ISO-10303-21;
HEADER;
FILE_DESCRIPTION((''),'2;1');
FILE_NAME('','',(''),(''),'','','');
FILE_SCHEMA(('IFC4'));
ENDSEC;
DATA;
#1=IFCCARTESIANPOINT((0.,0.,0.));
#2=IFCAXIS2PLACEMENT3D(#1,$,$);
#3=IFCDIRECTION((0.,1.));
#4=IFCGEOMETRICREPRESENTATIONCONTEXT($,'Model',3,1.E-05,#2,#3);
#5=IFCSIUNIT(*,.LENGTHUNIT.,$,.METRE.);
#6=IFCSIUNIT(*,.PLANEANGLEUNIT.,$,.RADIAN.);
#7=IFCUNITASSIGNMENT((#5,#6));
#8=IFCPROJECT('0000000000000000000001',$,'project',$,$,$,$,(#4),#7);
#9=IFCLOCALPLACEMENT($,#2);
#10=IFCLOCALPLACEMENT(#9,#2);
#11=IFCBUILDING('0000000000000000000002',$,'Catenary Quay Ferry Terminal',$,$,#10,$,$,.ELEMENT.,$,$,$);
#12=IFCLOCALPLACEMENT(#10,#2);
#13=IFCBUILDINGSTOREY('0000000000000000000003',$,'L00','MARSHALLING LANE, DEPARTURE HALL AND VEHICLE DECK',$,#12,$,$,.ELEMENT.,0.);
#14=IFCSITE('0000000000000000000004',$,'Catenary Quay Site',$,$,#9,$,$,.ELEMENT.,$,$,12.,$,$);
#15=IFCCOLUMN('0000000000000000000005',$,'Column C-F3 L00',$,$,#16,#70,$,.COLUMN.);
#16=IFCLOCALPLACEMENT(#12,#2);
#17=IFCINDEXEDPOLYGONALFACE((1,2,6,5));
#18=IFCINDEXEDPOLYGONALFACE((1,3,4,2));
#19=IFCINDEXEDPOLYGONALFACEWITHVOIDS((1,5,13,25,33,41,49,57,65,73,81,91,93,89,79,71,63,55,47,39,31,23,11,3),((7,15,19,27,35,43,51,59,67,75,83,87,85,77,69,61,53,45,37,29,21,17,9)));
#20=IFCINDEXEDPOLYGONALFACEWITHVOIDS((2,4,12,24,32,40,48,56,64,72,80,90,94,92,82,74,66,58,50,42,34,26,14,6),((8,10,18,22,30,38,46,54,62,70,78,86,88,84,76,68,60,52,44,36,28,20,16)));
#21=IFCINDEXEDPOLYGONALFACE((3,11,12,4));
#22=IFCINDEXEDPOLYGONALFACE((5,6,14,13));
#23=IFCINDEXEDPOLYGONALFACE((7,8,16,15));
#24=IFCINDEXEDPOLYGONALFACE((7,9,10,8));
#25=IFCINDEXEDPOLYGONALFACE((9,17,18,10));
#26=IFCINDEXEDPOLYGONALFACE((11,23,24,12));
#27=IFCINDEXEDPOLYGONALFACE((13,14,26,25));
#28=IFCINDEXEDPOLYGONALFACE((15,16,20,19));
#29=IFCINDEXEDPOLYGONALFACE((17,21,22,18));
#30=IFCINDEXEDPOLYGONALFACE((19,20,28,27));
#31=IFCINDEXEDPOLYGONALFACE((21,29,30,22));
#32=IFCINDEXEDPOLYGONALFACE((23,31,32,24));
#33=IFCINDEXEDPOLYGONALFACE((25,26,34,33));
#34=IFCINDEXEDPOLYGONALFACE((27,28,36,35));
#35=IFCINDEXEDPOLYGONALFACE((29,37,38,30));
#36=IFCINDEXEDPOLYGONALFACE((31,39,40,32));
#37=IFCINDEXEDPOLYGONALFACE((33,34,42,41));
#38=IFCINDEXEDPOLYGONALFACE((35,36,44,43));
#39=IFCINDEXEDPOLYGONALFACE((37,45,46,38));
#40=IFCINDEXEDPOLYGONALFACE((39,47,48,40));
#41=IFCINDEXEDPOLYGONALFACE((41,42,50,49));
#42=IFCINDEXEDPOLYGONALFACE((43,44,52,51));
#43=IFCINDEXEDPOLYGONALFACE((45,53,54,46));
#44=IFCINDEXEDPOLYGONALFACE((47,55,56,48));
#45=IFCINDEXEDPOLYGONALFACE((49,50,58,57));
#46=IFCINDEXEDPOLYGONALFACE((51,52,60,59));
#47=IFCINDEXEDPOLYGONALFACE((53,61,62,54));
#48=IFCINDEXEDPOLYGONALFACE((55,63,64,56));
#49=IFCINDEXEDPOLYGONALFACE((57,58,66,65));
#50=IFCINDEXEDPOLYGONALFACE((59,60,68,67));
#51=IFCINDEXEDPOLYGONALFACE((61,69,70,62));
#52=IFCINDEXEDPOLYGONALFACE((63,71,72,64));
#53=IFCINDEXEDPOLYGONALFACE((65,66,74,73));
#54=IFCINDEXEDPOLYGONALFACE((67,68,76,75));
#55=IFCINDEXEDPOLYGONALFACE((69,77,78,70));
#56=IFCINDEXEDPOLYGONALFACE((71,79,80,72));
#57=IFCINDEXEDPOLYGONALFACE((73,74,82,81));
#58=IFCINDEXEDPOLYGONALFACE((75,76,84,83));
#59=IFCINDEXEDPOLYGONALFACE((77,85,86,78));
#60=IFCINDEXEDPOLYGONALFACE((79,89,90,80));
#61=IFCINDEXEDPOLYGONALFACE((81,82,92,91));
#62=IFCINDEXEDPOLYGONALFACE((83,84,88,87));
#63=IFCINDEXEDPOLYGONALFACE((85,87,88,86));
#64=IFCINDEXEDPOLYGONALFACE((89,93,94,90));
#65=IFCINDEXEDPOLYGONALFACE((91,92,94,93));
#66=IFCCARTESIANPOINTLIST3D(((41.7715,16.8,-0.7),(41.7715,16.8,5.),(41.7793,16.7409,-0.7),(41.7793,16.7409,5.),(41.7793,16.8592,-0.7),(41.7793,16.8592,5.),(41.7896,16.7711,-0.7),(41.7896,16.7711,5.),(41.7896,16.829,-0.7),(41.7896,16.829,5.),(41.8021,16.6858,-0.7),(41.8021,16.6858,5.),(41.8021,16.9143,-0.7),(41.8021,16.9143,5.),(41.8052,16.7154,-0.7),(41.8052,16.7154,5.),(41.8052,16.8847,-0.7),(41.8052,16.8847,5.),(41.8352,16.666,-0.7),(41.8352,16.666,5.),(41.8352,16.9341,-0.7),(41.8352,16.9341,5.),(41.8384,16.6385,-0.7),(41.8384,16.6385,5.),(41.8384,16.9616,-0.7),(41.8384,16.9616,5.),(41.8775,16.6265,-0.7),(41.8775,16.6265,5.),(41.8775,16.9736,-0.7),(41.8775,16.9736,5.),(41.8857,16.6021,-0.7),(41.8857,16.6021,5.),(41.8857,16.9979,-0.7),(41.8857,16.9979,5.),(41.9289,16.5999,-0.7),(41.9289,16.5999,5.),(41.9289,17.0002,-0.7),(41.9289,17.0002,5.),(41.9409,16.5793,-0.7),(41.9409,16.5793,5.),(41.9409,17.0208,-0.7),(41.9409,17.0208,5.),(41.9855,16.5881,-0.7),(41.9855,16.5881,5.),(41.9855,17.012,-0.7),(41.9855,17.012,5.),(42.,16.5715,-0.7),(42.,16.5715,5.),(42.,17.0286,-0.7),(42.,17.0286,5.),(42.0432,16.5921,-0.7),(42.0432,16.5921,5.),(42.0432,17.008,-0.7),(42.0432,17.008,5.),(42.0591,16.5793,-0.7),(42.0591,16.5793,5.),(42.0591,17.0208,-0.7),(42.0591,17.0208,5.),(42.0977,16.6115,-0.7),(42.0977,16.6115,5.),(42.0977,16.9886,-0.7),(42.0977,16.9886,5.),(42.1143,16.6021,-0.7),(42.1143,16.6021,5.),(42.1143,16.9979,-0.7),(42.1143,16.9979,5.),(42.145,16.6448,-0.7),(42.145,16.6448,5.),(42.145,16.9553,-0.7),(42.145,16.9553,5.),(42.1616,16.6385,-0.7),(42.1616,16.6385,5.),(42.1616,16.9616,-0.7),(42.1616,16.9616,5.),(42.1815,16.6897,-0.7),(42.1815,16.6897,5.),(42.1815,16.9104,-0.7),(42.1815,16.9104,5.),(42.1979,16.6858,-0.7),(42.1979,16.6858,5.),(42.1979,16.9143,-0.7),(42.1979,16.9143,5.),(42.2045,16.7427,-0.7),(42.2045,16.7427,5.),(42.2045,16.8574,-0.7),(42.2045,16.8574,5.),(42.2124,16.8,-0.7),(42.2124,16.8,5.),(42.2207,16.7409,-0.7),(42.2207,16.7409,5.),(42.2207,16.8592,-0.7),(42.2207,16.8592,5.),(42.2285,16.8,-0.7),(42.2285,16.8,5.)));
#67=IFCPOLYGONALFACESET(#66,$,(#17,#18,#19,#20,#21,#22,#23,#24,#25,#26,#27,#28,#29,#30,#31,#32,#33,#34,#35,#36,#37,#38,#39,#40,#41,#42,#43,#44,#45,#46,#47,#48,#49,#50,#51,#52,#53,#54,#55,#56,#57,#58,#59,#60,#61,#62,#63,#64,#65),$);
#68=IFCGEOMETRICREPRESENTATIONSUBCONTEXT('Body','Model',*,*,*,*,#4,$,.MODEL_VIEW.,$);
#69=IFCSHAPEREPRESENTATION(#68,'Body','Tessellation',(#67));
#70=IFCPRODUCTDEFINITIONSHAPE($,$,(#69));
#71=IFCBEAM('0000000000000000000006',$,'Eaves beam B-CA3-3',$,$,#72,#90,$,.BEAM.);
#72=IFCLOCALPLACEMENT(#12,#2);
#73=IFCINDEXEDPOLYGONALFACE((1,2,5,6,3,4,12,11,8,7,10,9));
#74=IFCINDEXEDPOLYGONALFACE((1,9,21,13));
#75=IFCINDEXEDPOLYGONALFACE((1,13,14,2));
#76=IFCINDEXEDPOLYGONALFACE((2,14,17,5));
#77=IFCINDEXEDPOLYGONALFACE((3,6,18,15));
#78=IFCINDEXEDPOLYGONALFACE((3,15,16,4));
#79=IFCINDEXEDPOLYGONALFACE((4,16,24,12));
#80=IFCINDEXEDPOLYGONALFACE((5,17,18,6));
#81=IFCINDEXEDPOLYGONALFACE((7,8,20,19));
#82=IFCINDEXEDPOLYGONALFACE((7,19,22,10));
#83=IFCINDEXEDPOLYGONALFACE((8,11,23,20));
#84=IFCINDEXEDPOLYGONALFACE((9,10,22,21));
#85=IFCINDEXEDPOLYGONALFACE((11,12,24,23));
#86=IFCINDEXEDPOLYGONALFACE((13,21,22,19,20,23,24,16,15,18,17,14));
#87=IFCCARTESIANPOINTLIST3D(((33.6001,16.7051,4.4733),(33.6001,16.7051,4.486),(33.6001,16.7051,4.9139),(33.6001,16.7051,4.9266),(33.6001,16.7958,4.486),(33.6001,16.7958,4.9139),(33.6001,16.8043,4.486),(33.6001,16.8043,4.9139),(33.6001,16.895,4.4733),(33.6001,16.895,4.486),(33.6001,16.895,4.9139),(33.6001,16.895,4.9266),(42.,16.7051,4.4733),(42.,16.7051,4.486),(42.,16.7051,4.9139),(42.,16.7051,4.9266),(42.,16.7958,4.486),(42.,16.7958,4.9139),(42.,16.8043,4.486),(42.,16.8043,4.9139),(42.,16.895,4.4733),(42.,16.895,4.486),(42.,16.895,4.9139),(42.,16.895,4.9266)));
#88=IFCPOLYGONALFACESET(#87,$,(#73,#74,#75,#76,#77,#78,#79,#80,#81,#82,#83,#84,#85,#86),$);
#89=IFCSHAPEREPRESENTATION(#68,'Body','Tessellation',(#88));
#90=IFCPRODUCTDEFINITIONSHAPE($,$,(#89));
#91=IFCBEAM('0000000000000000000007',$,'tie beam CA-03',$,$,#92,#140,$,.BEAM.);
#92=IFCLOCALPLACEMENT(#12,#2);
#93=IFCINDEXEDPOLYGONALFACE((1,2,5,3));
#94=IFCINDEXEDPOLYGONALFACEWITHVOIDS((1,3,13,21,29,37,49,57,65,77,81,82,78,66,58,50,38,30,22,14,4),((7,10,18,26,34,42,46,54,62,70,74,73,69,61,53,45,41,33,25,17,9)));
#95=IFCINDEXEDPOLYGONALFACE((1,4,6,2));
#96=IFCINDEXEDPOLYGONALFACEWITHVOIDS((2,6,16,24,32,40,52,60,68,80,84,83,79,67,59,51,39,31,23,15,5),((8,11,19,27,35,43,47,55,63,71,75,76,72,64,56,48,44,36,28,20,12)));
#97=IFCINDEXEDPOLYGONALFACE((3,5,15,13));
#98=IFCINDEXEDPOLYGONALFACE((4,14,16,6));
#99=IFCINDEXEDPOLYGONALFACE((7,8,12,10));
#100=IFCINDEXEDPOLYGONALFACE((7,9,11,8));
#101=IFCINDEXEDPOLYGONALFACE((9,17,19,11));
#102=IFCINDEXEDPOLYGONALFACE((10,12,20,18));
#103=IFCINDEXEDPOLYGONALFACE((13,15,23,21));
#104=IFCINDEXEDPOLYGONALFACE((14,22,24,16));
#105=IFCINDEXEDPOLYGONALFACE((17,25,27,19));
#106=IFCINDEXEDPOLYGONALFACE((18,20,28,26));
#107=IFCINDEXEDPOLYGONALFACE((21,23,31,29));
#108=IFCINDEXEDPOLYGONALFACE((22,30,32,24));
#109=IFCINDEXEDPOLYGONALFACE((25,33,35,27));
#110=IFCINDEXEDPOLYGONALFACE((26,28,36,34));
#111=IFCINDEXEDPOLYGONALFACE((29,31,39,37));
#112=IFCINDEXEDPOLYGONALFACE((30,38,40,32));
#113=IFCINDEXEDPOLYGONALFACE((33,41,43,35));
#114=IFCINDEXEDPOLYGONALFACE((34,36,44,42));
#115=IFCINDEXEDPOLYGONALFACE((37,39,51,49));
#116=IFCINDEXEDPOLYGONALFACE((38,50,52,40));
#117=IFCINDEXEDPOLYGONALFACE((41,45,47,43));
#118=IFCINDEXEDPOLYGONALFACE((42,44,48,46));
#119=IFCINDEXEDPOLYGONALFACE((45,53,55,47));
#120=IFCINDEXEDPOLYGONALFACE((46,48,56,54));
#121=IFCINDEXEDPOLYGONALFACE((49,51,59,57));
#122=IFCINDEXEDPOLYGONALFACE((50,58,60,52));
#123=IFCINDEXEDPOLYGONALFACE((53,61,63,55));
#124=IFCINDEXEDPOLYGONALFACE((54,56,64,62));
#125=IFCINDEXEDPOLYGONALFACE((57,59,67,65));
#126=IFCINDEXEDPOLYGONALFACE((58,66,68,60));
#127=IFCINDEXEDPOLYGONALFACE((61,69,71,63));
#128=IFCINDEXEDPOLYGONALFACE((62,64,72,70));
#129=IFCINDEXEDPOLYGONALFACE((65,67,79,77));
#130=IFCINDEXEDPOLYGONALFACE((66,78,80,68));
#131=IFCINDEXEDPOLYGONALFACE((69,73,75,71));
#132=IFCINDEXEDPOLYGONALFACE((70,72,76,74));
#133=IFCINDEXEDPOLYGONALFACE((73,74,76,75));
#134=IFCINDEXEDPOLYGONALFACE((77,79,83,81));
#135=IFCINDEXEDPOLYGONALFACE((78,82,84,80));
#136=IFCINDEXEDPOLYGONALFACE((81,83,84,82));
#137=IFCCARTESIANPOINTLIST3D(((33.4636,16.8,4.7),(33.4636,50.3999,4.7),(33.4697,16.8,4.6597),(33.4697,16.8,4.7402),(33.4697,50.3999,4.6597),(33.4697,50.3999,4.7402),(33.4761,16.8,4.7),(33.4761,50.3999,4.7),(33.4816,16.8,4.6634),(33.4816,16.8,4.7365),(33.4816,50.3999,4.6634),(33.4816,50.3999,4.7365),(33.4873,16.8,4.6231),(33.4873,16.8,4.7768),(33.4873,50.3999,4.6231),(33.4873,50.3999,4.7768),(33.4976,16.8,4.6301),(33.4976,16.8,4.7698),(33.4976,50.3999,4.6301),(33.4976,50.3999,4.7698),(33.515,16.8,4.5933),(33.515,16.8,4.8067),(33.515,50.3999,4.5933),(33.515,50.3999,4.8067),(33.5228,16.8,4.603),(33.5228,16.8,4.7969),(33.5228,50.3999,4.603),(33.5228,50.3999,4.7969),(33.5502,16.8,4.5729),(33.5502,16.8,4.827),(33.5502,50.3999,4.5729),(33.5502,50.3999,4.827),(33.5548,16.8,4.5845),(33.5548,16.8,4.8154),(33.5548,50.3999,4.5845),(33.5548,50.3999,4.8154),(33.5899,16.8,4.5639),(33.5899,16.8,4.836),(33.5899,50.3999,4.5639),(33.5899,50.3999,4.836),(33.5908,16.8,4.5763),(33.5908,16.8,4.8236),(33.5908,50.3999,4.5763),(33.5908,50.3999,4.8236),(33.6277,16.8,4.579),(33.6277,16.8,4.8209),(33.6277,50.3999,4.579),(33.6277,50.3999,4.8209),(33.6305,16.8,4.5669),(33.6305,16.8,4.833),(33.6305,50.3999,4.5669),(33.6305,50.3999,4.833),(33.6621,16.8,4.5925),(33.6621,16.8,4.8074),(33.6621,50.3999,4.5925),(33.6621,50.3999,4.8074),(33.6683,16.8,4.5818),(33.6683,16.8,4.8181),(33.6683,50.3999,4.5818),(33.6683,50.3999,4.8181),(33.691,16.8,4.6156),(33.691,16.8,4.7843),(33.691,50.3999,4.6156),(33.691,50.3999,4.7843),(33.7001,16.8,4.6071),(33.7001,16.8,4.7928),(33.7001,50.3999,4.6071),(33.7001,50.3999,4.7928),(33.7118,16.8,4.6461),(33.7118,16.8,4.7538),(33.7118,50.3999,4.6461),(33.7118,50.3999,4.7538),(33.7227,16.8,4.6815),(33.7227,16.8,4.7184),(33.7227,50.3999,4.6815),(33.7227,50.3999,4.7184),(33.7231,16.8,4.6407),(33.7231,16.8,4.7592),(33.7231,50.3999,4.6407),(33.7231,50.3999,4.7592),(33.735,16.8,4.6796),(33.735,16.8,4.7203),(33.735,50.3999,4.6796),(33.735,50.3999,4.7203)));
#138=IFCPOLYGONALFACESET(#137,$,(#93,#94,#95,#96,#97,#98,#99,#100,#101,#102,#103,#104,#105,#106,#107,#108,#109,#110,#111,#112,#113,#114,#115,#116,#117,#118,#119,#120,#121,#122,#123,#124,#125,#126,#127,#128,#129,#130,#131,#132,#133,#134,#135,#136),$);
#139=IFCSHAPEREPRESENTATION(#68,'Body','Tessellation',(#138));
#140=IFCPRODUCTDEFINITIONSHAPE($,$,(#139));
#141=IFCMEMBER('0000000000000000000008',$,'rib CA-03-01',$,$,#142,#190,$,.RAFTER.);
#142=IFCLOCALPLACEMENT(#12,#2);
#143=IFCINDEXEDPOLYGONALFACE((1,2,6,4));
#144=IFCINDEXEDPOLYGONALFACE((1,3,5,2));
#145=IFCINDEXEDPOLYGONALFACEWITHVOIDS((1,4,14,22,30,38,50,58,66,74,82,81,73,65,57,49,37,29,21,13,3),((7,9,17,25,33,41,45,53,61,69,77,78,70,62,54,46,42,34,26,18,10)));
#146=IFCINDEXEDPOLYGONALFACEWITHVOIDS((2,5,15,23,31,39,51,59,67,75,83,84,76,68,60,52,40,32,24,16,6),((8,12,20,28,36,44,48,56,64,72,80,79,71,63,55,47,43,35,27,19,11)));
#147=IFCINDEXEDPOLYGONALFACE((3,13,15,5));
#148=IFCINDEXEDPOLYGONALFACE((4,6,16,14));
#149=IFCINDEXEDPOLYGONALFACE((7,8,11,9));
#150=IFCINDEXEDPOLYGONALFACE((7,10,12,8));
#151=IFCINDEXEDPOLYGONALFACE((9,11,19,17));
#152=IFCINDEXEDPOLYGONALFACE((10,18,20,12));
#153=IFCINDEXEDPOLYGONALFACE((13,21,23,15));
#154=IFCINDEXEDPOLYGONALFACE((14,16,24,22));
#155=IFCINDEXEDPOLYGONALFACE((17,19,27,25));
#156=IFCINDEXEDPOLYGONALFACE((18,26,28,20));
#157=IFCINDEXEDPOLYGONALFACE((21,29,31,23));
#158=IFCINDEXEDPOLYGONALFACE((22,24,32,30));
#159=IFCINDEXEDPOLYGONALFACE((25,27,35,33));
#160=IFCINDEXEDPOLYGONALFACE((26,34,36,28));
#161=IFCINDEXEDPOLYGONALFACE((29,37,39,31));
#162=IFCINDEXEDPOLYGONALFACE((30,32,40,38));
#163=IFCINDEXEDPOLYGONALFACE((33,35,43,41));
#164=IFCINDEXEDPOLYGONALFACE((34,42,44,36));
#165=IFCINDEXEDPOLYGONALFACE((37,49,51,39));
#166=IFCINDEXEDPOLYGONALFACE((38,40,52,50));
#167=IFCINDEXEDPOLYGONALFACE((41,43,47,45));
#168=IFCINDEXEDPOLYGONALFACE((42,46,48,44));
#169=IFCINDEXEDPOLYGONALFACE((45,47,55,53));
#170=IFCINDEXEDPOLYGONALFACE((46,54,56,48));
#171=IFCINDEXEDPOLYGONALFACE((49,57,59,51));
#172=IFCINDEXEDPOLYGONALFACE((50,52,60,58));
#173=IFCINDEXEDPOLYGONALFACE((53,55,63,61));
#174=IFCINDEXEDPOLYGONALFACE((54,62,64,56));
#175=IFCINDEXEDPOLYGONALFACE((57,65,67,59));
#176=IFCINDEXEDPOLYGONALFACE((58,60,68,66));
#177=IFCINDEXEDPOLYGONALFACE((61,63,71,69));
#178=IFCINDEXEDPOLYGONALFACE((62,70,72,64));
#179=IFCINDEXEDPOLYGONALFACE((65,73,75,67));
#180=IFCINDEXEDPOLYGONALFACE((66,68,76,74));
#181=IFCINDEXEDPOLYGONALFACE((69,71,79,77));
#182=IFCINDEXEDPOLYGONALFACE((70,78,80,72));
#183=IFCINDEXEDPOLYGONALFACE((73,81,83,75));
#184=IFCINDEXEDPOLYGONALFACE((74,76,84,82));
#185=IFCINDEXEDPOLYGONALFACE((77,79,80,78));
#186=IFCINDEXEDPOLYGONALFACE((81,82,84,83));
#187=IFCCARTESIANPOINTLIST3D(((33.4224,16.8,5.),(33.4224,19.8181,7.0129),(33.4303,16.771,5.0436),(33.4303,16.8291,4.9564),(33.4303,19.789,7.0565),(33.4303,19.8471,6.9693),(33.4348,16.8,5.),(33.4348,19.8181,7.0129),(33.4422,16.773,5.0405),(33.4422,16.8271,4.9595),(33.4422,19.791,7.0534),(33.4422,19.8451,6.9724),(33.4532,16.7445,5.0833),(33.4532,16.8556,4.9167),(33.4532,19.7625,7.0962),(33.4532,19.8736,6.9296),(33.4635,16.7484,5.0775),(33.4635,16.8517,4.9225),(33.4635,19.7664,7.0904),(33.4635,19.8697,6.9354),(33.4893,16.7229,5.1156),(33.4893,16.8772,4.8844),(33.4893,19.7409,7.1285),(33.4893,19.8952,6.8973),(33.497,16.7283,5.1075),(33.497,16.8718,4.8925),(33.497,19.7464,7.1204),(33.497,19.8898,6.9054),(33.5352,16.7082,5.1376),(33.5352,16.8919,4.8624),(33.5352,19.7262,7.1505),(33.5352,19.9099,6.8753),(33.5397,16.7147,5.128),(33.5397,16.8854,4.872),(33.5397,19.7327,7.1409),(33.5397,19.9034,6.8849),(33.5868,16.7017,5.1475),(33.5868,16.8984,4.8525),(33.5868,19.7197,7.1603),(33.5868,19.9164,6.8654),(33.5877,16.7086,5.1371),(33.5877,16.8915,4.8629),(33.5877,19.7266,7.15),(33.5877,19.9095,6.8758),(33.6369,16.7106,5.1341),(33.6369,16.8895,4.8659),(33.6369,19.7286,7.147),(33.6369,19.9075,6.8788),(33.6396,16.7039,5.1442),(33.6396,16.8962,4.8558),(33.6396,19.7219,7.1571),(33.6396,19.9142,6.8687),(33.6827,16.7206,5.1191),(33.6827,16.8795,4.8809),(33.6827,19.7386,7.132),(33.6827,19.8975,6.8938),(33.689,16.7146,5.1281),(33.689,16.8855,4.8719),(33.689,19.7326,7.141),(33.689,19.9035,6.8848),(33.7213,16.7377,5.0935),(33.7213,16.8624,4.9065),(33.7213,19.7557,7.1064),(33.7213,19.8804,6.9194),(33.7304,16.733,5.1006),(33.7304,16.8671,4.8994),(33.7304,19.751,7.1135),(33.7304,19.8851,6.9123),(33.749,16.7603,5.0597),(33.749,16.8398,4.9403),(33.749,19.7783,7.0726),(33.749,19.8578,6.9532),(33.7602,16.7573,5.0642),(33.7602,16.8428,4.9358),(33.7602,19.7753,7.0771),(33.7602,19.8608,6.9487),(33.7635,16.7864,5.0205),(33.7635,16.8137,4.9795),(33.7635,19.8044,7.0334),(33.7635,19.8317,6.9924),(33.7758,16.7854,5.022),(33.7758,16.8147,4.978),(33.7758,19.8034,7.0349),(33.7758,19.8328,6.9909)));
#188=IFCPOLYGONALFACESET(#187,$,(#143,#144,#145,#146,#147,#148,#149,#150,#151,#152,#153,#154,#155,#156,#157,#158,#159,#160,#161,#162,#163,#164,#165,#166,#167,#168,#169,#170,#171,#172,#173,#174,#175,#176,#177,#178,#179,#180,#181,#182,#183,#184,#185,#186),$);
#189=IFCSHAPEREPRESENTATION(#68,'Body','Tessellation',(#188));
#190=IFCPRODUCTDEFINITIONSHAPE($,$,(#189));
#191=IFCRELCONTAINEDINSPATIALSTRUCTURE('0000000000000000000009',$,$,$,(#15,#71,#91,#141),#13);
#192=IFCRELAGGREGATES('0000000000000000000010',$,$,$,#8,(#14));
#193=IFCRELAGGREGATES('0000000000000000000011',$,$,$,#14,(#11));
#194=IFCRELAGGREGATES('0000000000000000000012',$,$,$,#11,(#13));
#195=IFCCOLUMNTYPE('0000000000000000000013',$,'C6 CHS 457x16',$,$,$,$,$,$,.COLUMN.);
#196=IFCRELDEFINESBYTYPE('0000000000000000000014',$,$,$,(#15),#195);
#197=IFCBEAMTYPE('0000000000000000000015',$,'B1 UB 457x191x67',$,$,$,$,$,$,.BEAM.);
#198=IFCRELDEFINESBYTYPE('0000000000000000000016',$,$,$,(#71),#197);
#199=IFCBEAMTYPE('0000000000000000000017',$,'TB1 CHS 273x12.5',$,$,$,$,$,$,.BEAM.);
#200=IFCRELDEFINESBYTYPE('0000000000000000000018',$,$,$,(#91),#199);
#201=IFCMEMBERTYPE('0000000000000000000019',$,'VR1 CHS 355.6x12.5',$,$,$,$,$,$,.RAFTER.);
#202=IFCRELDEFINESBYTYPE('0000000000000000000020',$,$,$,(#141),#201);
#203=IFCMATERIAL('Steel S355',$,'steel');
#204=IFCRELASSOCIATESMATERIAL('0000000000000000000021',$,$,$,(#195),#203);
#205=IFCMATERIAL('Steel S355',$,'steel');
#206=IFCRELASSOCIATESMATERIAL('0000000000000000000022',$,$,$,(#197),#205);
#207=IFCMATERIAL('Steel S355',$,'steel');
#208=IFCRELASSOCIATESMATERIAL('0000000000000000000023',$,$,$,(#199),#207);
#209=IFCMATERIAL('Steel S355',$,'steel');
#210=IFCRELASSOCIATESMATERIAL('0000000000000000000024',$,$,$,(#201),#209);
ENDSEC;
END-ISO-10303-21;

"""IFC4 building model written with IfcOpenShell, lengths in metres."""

from ifc_helpers import new_model, si_unit, direction, frame, origin, origin_2d, place, context, subcontext, project, spatial, hollow_circle, i_section, extrude, material, material_profile, profile_set, type_object, element, save


model = new_model("IFC4")

# Units and contexts
model_context = context("Model", 3, precision=1e-05, world=origin(), true_north=direction((0.0, 1.0)))
body_context = subcontext(model_context, "Body", "Model", "MODEL_VIEW")
ifc_project = project(units=[si_unit("LENGTHUNIT", "METRE"), si_unit("PLANEANGLEUNIT", "RADIAN")], contexts=[model_context])

# Site, building, storey
site_placement = place(None, origin())
site = spatial("IfcSite", under=ifc_project, at=site_placement, Name="Catenary Quay Site", CompositionType="ELEMENT", RefElevation=12.0)
building_placement = place(site_placement, origin())
building = spatial("IfcBuilding", under=site, at=building_placement, Name="Catenary Quay Ferry Terminal", CompositionType="ELEMENT")
storey_placement = place(building_placement, origin())
storey = spatial("IfcBuildingStorey", under=building, at=storey_placement, Name="L00", Description="MARSHALLING LANE, DEPARTURE HALL AND VEHICLE DECK", CompositionType="ELEMENT", Elevation=0.0)

# Column
ifc_material_1 = material(Name="Steel S355", Category="steel")
ifc_material_profile_1 = material_profile(ifc_material_1, hollow_circle(Radius=0.2285, WallThickness=0.0161, at=origin_2d()), Name="CHS 457x16")
ifc_profile_set_1 = profile_set([ifc_material_profile_1], Name="Steel S355")
column_type = type_object("IfcColumnType", Name="C6 CHS 457x16", PredefinedType="COLUMN", material=ifc_profile_set_1)
for number, where, z_axis, x_axis, name in (
    (1, (42.0, 16.8, -0.7), (0.0, 0.0, 1.0), (1.0, 0.0, 0.0), "Column C-F3 L00"),
):
    element("IfcColumn", number, at=place(storey_placement, frame(where, z_axis=z_axis, x_axis=x_axis)), inside=storey, type_object=column_type, Name=name, PredefinedType="COLUMN", context=body_context, shape_type="SweptSolid", body=[
        extrude(hollow_circle(Radius=0.2285, WallThickness=0.0161, at=origin_2d()), origin(), (0.0, 0.0, 1.0), 5.7),
    ])

# Beams
ifc_material_2 = material(Name="Steel S355", Category="steel")
ifc_material_profile_2 = material_profile(ifc_material_2, i_section(OverallWidth=0.1899, OverallDepth=0.4534, WebThickness=0.0085, FlangeThickness=0.0127, at=origin_2d()), Name="UB 457x191x67")
ifc_profile_set_2 = profile_set([ifc_material_profile_2], Name="Steel S355")
beam_type_1 = type_object("IfcBeamType", Name="B1 UB 457x191x67", PredefinedType="BEAM", material=ifc_profile_set_2)
beam_1_placement = place(storey_placement, frame((33.6001, 16.8, 4.7), z_axis=(1.0, 0.0, 0.0), x_axis=(0.0, 1.0, 0.0)))
element("IfcBeam", 2, at=beam_1_placement, inside=storey, type_object=beam_type_1, Name="Eaves beam B-CA3-3", PredefinedType="BEAM", context=body_context, shape_type="SweptSolid", body=[
    extrude(i_section(OverallWidth=0.1899, OverallDepth=0.4534, WebThickness=0.0085, FlangeThickness=0.0127, at=origin_2d()), origin(), (0.0, 0.0, 1.0), 8.3999),
])
ifc_material_3 = material(Name="Steel S355", Category="steel")
ifc_material_profile_3 = material_profile(ifc_material_3, hollow_circle(Radius=0.1365, WallThickness=0.0125, at=origin_2d()), Name="CHS 273x12.5")
ifc_profile_set_3 = profile_set([ifc_material_profile_3], Name="Steel S355")
beam_type_2 = type_object("IfcBeamType", Name="TB1 CHS 273x12.5", PredefinedType="BEAM", material=ifc_profile_set_3)
beam_2_placement = place(storey_placement, frame((33.6001, 16.8, 4.7), z_axis=(0.0, 1.0, 0.0), x_axis=(-1.0, 0.0, 0.0)))
element("IfcBeam", 3, at=beam_2_placement, inside=storey, type_object=beam_type_2, Name="tie beam CA-03", PredefinedType="BEAM", context=body_context, shape_type="SweptSolid", body=[
    extrude(hollow_circle(Radius=0.1365, WallThickness=0.0125, at=origin_2d()), origin(), (0.0, 0.0, 1.0), 33.5999),
])

# Member
ifc_material_4 = material(Name="Steel S355", Category="steel")
ifc_material_profile_4 = material_profile(ifc_material_4, hollow_circle(Radius=0.1777, WallThickness=0.0125, at=origin_2d()), Name="CHS 355.6x12.5")
ifc_profile_set_4 = profile_set([ifc_material_profile_4], Name="Steel S355")
member_type = type_object("IfcMemberType", Name="VR1 CHS 355.6x12.5", PredefinedType="RAFTER", material=ifc_profile_set_4)
member_placement = place(storey_placement, frame((33.6001, 16.8, 5.0), z_axis=(0.0, 0.831936, 0.554871), x_axis=(-1.0, 0.0, 0.0)))
element("IfcMember", 4, at=member_placement, inside=storey, type_object=member_type, Name="rib CA-03-01", PredefinedType="RAFTER", context=body_context, shape_type="SweptSolid", body=[
    extrude(hollow_circle(Radius=0.1777, WallThickness=0.0125, at=origin_2d()), origin(), (0.0, 0.0, 1.0), 3.6277),
])

save(model, "model.ifc")
